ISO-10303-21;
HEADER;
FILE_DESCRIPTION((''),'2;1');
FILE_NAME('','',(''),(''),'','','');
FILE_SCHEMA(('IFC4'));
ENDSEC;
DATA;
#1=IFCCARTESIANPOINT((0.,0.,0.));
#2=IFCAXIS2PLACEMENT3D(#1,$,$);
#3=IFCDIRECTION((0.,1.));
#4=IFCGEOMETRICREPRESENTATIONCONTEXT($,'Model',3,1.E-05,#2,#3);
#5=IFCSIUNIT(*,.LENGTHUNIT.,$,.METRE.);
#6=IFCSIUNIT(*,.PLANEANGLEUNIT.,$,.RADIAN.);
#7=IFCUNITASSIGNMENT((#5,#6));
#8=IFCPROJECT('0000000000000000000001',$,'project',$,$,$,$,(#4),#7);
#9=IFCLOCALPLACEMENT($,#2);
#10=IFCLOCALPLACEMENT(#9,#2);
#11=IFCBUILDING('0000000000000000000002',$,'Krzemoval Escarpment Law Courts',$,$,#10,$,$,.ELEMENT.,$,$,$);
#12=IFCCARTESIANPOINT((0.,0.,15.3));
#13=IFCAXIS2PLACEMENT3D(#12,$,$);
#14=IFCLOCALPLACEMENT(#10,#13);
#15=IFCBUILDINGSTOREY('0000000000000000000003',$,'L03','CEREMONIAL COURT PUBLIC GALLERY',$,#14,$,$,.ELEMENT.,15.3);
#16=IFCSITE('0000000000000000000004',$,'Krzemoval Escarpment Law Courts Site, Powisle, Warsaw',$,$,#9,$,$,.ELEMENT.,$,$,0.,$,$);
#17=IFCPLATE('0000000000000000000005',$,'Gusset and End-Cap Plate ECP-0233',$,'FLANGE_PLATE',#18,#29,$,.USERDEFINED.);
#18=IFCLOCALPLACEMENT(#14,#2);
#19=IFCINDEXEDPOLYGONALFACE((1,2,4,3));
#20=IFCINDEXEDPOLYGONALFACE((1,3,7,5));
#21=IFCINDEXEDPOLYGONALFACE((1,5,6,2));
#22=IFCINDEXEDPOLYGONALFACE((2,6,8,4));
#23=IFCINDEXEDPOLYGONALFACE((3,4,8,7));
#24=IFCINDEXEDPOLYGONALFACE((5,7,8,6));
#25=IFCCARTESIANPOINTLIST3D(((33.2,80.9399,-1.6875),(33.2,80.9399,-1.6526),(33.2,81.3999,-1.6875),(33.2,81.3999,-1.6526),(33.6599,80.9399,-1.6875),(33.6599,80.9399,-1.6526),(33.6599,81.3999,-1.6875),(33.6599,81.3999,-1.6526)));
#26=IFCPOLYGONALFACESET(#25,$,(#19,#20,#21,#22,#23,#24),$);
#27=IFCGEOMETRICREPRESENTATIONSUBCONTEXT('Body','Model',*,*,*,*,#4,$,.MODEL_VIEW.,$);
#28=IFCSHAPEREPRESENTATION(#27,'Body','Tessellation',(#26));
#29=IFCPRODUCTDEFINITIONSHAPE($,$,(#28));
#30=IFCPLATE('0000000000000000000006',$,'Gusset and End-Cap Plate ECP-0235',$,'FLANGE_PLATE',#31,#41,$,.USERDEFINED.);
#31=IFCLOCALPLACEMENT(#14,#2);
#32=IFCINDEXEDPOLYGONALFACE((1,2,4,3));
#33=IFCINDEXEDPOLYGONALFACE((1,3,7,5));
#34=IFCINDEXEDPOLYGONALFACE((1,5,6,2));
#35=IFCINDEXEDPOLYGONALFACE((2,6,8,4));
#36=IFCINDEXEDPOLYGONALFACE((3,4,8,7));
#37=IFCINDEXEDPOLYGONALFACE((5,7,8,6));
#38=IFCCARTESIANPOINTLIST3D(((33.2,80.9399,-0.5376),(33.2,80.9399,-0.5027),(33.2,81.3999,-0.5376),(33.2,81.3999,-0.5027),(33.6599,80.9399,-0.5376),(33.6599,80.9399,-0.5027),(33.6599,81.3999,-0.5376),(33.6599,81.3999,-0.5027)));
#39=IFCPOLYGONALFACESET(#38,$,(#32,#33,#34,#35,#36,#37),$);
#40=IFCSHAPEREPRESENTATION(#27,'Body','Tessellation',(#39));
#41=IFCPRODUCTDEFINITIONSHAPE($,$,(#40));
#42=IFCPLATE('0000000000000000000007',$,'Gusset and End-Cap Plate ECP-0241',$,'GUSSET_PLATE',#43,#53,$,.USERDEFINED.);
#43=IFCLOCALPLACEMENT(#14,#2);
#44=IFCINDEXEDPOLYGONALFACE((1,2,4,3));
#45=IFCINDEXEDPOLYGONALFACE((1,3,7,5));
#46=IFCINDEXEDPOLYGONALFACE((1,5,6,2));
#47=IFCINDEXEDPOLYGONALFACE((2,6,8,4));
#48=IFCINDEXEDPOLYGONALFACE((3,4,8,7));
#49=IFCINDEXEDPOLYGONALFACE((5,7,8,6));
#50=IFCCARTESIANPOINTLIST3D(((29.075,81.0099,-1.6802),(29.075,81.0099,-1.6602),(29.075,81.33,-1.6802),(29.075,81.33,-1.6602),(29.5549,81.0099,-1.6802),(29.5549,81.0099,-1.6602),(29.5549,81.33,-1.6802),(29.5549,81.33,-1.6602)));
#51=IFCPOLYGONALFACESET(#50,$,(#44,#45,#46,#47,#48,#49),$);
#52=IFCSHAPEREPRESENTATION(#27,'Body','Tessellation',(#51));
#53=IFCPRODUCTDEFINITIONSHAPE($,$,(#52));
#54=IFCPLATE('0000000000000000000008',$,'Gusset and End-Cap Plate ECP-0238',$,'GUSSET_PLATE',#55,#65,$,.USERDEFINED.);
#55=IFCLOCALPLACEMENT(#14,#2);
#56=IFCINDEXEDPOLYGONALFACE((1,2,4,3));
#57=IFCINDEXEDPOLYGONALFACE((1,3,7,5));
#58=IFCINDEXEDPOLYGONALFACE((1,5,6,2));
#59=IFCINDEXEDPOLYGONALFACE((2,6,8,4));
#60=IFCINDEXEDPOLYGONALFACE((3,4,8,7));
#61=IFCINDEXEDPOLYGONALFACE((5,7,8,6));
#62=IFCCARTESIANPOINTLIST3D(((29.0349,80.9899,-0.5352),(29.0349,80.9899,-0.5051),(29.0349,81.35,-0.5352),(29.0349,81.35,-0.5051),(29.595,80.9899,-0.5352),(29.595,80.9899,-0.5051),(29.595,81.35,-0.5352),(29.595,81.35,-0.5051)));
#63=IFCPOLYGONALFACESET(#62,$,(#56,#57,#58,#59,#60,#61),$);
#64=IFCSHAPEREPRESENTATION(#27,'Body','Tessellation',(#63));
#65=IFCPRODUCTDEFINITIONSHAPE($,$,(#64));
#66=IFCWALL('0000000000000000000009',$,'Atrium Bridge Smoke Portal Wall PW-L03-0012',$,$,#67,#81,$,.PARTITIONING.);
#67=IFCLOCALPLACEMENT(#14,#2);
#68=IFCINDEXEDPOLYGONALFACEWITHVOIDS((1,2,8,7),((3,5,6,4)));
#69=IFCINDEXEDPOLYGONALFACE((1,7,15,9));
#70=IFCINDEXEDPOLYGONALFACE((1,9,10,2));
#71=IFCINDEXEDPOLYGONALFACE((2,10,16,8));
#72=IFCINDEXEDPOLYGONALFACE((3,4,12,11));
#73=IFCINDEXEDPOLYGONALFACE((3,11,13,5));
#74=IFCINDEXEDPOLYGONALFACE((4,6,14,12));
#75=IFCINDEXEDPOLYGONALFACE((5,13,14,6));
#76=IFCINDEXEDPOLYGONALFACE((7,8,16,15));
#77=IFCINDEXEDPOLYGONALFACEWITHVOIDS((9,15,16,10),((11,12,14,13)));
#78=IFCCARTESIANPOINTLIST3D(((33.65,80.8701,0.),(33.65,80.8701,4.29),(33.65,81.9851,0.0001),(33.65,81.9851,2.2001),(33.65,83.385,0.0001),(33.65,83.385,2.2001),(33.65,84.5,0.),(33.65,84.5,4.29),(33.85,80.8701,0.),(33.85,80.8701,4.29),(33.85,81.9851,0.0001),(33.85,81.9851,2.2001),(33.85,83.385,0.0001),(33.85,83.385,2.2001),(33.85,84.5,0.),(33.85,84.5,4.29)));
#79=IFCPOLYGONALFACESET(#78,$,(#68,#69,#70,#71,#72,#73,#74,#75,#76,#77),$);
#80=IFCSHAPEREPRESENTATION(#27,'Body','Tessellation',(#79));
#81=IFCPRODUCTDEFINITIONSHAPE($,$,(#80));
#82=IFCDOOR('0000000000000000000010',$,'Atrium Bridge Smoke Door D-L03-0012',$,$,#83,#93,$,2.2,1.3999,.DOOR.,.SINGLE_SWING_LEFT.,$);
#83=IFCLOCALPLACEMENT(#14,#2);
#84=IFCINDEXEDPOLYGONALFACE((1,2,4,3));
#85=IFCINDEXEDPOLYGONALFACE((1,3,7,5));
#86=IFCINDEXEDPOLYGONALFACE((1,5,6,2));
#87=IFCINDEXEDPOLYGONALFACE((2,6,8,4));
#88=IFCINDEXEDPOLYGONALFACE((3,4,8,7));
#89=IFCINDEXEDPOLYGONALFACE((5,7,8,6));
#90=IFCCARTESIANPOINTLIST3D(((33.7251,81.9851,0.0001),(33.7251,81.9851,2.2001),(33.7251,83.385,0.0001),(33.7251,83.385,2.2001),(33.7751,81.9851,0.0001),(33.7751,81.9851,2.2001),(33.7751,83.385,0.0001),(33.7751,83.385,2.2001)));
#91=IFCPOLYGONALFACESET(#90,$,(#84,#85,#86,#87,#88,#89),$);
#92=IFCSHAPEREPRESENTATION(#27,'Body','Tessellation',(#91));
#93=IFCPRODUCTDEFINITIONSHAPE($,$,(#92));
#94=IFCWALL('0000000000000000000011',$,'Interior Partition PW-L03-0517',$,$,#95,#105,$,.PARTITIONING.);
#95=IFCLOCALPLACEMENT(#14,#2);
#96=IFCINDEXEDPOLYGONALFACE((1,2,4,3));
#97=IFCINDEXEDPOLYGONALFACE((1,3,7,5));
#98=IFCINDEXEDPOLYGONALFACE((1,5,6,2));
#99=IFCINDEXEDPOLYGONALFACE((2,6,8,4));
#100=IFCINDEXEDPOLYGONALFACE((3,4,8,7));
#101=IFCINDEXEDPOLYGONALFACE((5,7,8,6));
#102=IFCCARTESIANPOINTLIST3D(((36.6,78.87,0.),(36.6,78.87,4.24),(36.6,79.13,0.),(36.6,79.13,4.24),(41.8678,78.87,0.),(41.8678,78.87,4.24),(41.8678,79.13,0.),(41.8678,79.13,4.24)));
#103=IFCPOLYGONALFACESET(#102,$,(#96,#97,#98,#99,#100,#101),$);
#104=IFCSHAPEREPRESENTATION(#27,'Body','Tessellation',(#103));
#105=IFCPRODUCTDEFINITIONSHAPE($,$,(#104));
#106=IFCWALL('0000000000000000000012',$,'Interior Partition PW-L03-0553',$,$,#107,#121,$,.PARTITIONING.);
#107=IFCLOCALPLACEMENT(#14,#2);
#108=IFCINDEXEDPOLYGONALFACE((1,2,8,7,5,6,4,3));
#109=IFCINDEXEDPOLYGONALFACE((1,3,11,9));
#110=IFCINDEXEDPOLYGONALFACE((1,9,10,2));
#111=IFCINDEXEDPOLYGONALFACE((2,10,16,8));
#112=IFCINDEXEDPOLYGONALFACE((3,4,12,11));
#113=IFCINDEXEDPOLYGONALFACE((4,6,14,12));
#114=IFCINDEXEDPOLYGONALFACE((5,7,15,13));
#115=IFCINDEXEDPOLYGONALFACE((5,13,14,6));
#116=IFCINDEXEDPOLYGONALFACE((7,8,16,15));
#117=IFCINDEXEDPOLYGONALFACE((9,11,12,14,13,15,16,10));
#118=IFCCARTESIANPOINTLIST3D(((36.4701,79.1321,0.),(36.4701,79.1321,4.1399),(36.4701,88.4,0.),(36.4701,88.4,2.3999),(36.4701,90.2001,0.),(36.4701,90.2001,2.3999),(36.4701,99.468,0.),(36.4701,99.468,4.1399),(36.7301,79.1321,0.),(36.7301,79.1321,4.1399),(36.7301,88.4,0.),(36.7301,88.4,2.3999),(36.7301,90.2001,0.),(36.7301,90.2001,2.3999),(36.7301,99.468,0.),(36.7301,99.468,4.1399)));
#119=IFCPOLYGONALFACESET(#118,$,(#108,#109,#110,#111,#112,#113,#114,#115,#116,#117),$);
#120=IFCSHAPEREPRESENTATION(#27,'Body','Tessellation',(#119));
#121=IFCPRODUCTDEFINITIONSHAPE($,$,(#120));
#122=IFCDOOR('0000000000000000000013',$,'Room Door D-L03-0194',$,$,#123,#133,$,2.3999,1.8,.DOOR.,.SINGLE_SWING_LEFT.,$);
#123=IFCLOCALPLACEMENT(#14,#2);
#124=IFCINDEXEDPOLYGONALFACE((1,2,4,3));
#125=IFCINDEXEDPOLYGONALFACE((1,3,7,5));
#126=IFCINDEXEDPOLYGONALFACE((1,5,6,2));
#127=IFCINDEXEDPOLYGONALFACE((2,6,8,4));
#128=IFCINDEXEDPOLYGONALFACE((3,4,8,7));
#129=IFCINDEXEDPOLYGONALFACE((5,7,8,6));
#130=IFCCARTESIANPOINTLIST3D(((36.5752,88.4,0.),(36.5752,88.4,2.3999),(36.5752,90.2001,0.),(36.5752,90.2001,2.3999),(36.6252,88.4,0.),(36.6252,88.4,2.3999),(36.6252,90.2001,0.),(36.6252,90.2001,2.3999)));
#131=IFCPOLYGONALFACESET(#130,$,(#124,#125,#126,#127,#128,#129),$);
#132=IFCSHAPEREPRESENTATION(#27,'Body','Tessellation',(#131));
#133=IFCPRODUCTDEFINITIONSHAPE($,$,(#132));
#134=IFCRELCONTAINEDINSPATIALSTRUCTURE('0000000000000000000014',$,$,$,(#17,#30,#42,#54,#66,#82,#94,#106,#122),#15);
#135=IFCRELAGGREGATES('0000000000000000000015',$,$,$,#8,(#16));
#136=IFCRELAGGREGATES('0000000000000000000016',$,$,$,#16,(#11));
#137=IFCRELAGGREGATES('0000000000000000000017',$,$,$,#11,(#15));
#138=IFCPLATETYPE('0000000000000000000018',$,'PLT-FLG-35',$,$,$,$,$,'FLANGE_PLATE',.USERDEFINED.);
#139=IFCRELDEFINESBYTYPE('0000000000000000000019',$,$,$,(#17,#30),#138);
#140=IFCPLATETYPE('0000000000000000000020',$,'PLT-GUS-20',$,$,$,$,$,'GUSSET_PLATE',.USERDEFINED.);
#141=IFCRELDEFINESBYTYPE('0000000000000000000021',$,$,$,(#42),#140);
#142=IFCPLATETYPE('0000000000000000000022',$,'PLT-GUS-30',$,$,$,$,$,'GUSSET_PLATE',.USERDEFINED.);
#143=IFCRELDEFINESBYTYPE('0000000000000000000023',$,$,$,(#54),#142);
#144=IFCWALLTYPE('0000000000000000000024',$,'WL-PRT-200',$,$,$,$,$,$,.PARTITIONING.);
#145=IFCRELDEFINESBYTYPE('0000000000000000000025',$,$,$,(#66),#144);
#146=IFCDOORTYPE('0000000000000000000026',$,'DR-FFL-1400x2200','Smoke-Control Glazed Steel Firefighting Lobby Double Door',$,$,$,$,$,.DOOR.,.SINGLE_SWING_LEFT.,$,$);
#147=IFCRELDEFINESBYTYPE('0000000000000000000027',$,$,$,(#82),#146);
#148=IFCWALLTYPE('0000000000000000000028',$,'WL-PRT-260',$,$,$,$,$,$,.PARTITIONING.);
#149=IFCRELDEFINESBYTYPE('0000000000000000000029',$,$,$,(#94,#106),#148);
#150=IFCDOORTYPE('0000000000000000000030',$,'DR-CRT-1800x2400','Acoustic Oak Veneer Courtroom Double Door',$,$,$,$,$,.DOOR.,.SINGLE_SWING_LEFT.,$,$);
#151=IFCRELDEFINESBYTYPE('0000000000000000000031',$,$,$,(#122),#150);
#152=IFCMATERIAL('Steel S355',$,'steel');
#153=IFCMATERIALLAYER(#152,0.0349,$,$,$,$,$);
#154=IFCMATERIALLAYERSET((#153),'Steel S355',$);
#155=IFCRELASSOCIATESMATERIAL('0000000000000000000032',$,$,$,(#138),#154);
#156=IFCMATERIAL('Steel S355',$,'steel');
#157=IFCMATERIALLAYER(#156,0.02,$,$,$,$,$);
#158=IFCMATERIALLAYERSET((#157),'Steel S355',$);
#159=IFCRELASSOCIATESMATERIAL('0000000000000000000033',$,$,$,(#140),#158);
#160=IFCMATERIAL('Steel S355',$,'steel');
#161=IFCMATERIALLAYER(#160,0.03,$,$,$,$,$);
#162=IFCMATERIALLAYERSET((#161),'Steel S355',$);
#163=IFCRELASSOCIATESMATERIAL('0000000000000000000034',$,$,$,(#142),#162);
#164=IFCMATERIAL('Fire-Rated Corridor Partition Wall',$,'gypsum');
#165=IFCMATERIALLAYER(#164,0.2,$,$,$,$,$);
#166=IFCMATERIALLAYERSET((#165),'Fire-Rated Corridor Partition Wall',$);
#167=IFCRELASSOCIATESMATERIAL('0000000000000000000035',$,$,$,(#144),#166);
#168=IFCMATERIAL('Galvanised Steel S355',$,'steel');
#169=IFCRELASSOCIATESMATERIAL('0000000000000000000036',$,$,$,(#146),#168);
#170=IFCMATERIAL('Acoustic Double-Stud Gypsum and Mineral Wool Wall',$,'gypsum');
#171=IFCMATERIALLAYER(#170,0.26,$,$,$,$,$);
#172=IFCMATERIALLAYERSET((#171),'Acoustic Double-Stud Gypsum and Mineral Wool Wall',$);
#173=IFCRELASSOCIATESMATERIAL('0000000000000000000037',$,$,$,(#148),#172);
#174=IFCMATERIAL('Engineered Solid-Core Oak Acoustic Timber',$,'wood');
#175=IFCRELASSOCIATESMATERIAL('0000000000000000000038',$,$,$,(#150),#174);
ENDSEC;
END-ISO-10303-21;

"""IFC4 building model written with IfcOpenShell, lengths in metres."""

from ifc_helpers import new_model, si_unit, direction, frame, frame_2d, origin, origin_2d, place, context, subcontext, project, spatial, rectangle, extrude, material, layer, layer_set, type_object, element, fill, save


model = new_model("IFC4")

# Units and contexts
model_context = context("Model", 3, precision=1e-05, world=origin(), true_north=direction((0.0, 1.0)))
body_context = subcontext(model_context, "Body", "Model", "MODEL_VIEW")
ifc_project = project(units=[si_unit("LENGTHUNIT", "METRE"), si_unit("PLANEANGLEUNIT", "RADIAN")], contexts=[model_context])

# Site, building, storey
site_placement = place(None, origin())
site = spatial("IfcSite", under=ifc_project, at=site_placement, Name="Krzemoval Escarpment Law Courts Site, Powisle, Warsaw", CompositionType="ELEMENT", RefElevation=0.0)
building_placement = place(site_placement, origin())
building = spatial("IfcBuilding", under=site, at=building_placement, Name="Krzemoval Escarpment Law Courts", CompositionType="ELEMENT")
storey_placement = place(building_placement, frame((0.0, 0.0, 15.3)))
storey = spatial("IfcBuildingStorey", under=building, at=storey_placement, Name="L03", Description="CEREMONIAL COURT PUBLIC GALLERY", CompositionType="ELEMENT", Elevation=15.3)

# Plates
ifc_material_1 = material(Name="Steel S355", Category="steel")
ifc_layer_1 = layer(ifc_material_1, 0.0349)
ifc_layer_set_1 = layer_set([ifc_layer_1], Name="Steel S355")
plate_type_1 = type_object("IfcPlateType", Name="PLT-FLG-35", ElementType="FLANGE_PLATE", PredefinedType="USERDEFINED", material=ifc_layer_set_1)
for number, where, z_axis, x_axis, name in (
    (1, (33.4299, 81.1699, -1.6875), (0.0, 0.0, 1.0), (1.0, 0.0, 0.0), "Gusset and End-Cap Plate ECP-0233"),
    (2, (33.4299, 81.1699, -0.5376), (0.0, 0.0, 1.0), (1.0, 0.0, 0.0), "Gusset and End-Cap Plate ECP-0235"),
):
    element("IfcPlate", number, at=place(storey_placement, frame(where, z_axis=z_axis, x_axis=x_axis)), inside=storey, type_object=plate_type_1, Name=name, ObjectType="FLANGE_PLATE", PredefinedType="USERDEFINED", context=body_context, shape_type="SweptSolid", body=[
        extrude(rectangle(XDim=0.46, YDim=0.46, at=origin_2d()), origin(), (0.0, 0.0, 1.0), 0.0349),
    ])
ifc_material_2 = material(Name="Steel S355", Category="steel")
ifc_layer_2 = layer(ifc_material_2, 0.02)
ifc_layer_set_2 = layer_set([ifc_layer_2], Name="Steel S355")
plate_type_2 = type_object("IfcPlateType", Name="PLT-GUS-20", ElementType="GUSSET_PLATE", PredefinedType="USERDEFINED", material=ifc_layer_set_2)
plate_1_placement = place(storey_placement, frame((29.3149, 81.1699, -1.6802), z_axis=(0.0, 0.0, 1.0), x_axis=(1.0, 0.0, 0.0)))
element("IfcPlate", 3, at=plate_1_placement, inside=storey, type_object=plate_type_2, Name="Gusset and End-Cap Plate ECP-0241", ObjectType="GUSSET_PLATE", PredefinedType="USERDEFINED", context=body_context, shape_type="SweptSolid", body=[
    extrude(rectangle(XDim=0.48, YDim=0.3201, at=origin_2d()), origin(), (0.0, 0.0, 1.0), 0.02),
])
ifc_material_3 = material(Name="Steel S355", Category="steel")
ifc_layer_3 = layer(ifc_material_3, 0.03)
ifc_layer_set_3 = layer_set([ifc_layer_3], Name="Steel S355")
plate_type_3 = type_object("IfcPlateType", Name="PLT-GUS-30", ElementType="GUSSET_PLATE", PredefinedType="USERDEFINED", material=ifc_layer_set_3)
plate_2_placement = place(storey_placement, frame((29.3149, 81.1699, -0.5352), z_axis=(0.0, 0.0, 1.0), x_axis=(1.0, 0.0, 0.0)))
element("IfcPlate", 4, at=plate_2_placement, inside=storey, type_object=plate_type_3, Name="Gusset and End-Cap Plate ECP-0238", ObjectType="GUSSET_PLATE", PredefinedType="USERDEFINED", context=body_context, shape_type="SweptSolid", body=[
    extrude(rectangle(XDim=0.5601, YDim=0.3601, at=origin_2d()), origin(), (0.0, 0.0, 1.0), 0.03),
])

# Wall, opening, door
ifc_material_4 = material(Name="Fire-Rated Corridor Partition Wall", Category="gypsum")
ifc_layer_4 = layer(ifc_material_4, 0.2)
ifc_layer_set_4 = layer_set([ifc_layer_4], Name="Fire-Rated Corridor Partition Wall")
wall_type_1 = type_object("IfcWallType", Name="WL-PRT-200", PredefinedType="PARTITIONING", material=ifc_layer_set_4)
wall_1_placement = place(storey_placement, frame((33.75, 80.8701, 0.0), z_axis=(0.0, 0.0, 1.0), x_axis=(0.0, 1.0, 0.0)))
wall_1 = element("IfcWall", 5, at=wall_1_placement, inside=storey, type_object=wall_type_1, Name="Atrium Bridge Smoke Portal Wall PW-L03-0012", PredefinedType="PARTITIONING", context=body_context, shape_type="SweptSolid", body=[
    extrude(rectangle(XDim=3.6299, YDim=0.2, at=frame_2d((1.8149, 0.0))), origin(), (0.0, 0.0, 1.0), 4.29),
])
opening_1_placement = place(wall_1_placement, frame((1.115, 0.0, 0.0)))
opening_1 = element("IfcOpeningElement", 6, at=opening_1_placement, cuts=wall_1, PredefinedType="OPENING", context=body_context, shape_type="SweptSolid", body=[
    extrude(rectangle(XDim=1.3999, YDim=2.2, at=frame_2d((0.7, 1.1001))), frame((0.0, 0.115, 0.0), z_axis=(0.0, -1.0, 0.0), x_axis=(1.0, 0.0, 0.0)), (0.0, 0.0, 1.0), 0.2299),
])
ifc_material_5 = material(Name="Galvanised Steel S355", Category="steel")
door_type_1 = type_object("IfcDoorType", Name="DR-FFL-1400x2200", Description="Smoke-Control Glazed Steel Firefighting Lobby Double Door", OperationType="SINGLE_SWING_LEFT", PredefinedType="DOOR", material=ifc_material_5)
door_1_placement = place(opening_1_placement, origin())
door_1 = element("IfcDoor", 7, at=door_1_placement, inside=storey, type_object=door_type_1, Name="Atrium Bridge Smoke Door D-L03-0012", OperationType="SINGLE_SWING_LEFT", OverallHeight=2.2, OverallWidth=1.3999, PredefinedType="DOOR", context=body_context, shape_type="SweptSolid", body=[
    extrude(rectangle(XDim=1.3999, YDim=2.2, at=frame_2d((0.7, 1.1001))), frame((0.0, 0.0249, 0.0), z_axis=(0.0, -1.0, 0.0), x_axis=(1.0, 0.0, 0.0)), (0.0, 0.0, 1.0), 0.05),
])
fill(opening_1, door_1)

# Wall
ifc_material_6 = material(Name="Acoustic Double-Stud Gypsum and Mineral Wool Wall", Category="gypsum")
ifc_layer_5 = layer(ifc_material_6, 0.26)
ifc_layer_set_5 = layer_set([ifc_layer_5], Name="Acoustic Double-Stud Gypsum and Mineral Wool Wall")
wall_type_2 = type_object("IfcWallType", Name="WL-PRT-260", PredefinedType="PARTITIONING", material=ifc_layer_set_5)
wall_2_placement = place(storey_placement, frame((36.6001, 79.0, 0.0), z_axis=(0.0, 0.0, 1.0), x_axis=(1.0, 0.0, 0.0)))
element("IfcWall", 8, at=wall_2_placement, inside=storey, type_object=wall_type_2, Name="Interior Partition PW-L03-0517", PredefinedType="PARTITIONING", context=body_context, shape_type="SweptSolid", body=[
    extrude(rectangle(XDim=5.2678, YDim=0.26, at=frame_2d((2.6338, 0.0))), origin(), (0.0, 0.0, 1.0), 4.24),
])

# Wall, opening, door
wall_3_placement = place(storey_placement, frame((36.6001, 79.1321, 0.0), z_axis=(0.0, 0.0, 1.0), x_axis=(0.0, 1.0, 0.0)))
wall_3 = element("IfcWall", 9, at=wall_3_placement, inside=storey, type_object=wall_type_2, Name="Interior Partition PW-L03-0553", PredefinedType="PARTITIONING", context=body_context, shape_type="SweptSolid", body=[
    extrude(rectangle(XDim=20.3359, YDim=0.26, at=frame_2d((10.168, 0.0))), origin(), (0.0, 0.0, 1.0), 4.1399),
])
opening_2_placement = place(wall_3_placement, frame((9.2681, 0.0, 0.0)))
opening_2 = element("IfcOpeningElement", 10, at=opening_2_placement, cuts=wall_3, PredefinedType="OPENING", context=body_context, shape_type="SweptSolid", body=[
    extrude(rectangle(XDim=1.8, YDim=2.3999, at=frame_2d((0.8999, 1.2))), frame((0.0, 0.145, 0.0), z_axis=(0.0, -1.0, 0.0), x_axis=(1.0, 0.0, 0.0)), (0.0, 0.0, 1.0), 0.29),
])
ifc_material_7 = material(Name="Engineered Solid-Core Oak Acoustic Timber", Category="wood")
door_type_2 = type_object("IfcDoorType", Name="DR-CRT-1800x2400", Description="Acoustic Oak Veneer Courtroom Double Door", OperationType="SINGLE_SWING_LEFT", PredefinedType="DOOR", material=ifc_material_7)
door_2_placement = place(opening_2_placement, origin())
door_2 = element("IfcDoor", 11, at=door_2_placement, inside=storey, type_object=door_type_2, Name="Room Door D-L03-0194", OperationType="SINGLE_SWING_LEFT", OverallHeight=2.3999, OverallWidth=1.8, PredefinedType="DOOR", context=body_context, shape_type="SweptSolid", body=[
    extrude(rectangle(XDim=1.8, YDim=2.3999, at=frame_2d((0.8999, 1.2))), frame((0.0, 0.0249, 0.0), z_axis=(0.0, -1.0, 0.0), x_axis=(1.0, 0.0, 0.0)), (0.0, 0.0, 1.0), 0.05),
])
fill(opening_2, door_2)

save(model, "model.ifc")
